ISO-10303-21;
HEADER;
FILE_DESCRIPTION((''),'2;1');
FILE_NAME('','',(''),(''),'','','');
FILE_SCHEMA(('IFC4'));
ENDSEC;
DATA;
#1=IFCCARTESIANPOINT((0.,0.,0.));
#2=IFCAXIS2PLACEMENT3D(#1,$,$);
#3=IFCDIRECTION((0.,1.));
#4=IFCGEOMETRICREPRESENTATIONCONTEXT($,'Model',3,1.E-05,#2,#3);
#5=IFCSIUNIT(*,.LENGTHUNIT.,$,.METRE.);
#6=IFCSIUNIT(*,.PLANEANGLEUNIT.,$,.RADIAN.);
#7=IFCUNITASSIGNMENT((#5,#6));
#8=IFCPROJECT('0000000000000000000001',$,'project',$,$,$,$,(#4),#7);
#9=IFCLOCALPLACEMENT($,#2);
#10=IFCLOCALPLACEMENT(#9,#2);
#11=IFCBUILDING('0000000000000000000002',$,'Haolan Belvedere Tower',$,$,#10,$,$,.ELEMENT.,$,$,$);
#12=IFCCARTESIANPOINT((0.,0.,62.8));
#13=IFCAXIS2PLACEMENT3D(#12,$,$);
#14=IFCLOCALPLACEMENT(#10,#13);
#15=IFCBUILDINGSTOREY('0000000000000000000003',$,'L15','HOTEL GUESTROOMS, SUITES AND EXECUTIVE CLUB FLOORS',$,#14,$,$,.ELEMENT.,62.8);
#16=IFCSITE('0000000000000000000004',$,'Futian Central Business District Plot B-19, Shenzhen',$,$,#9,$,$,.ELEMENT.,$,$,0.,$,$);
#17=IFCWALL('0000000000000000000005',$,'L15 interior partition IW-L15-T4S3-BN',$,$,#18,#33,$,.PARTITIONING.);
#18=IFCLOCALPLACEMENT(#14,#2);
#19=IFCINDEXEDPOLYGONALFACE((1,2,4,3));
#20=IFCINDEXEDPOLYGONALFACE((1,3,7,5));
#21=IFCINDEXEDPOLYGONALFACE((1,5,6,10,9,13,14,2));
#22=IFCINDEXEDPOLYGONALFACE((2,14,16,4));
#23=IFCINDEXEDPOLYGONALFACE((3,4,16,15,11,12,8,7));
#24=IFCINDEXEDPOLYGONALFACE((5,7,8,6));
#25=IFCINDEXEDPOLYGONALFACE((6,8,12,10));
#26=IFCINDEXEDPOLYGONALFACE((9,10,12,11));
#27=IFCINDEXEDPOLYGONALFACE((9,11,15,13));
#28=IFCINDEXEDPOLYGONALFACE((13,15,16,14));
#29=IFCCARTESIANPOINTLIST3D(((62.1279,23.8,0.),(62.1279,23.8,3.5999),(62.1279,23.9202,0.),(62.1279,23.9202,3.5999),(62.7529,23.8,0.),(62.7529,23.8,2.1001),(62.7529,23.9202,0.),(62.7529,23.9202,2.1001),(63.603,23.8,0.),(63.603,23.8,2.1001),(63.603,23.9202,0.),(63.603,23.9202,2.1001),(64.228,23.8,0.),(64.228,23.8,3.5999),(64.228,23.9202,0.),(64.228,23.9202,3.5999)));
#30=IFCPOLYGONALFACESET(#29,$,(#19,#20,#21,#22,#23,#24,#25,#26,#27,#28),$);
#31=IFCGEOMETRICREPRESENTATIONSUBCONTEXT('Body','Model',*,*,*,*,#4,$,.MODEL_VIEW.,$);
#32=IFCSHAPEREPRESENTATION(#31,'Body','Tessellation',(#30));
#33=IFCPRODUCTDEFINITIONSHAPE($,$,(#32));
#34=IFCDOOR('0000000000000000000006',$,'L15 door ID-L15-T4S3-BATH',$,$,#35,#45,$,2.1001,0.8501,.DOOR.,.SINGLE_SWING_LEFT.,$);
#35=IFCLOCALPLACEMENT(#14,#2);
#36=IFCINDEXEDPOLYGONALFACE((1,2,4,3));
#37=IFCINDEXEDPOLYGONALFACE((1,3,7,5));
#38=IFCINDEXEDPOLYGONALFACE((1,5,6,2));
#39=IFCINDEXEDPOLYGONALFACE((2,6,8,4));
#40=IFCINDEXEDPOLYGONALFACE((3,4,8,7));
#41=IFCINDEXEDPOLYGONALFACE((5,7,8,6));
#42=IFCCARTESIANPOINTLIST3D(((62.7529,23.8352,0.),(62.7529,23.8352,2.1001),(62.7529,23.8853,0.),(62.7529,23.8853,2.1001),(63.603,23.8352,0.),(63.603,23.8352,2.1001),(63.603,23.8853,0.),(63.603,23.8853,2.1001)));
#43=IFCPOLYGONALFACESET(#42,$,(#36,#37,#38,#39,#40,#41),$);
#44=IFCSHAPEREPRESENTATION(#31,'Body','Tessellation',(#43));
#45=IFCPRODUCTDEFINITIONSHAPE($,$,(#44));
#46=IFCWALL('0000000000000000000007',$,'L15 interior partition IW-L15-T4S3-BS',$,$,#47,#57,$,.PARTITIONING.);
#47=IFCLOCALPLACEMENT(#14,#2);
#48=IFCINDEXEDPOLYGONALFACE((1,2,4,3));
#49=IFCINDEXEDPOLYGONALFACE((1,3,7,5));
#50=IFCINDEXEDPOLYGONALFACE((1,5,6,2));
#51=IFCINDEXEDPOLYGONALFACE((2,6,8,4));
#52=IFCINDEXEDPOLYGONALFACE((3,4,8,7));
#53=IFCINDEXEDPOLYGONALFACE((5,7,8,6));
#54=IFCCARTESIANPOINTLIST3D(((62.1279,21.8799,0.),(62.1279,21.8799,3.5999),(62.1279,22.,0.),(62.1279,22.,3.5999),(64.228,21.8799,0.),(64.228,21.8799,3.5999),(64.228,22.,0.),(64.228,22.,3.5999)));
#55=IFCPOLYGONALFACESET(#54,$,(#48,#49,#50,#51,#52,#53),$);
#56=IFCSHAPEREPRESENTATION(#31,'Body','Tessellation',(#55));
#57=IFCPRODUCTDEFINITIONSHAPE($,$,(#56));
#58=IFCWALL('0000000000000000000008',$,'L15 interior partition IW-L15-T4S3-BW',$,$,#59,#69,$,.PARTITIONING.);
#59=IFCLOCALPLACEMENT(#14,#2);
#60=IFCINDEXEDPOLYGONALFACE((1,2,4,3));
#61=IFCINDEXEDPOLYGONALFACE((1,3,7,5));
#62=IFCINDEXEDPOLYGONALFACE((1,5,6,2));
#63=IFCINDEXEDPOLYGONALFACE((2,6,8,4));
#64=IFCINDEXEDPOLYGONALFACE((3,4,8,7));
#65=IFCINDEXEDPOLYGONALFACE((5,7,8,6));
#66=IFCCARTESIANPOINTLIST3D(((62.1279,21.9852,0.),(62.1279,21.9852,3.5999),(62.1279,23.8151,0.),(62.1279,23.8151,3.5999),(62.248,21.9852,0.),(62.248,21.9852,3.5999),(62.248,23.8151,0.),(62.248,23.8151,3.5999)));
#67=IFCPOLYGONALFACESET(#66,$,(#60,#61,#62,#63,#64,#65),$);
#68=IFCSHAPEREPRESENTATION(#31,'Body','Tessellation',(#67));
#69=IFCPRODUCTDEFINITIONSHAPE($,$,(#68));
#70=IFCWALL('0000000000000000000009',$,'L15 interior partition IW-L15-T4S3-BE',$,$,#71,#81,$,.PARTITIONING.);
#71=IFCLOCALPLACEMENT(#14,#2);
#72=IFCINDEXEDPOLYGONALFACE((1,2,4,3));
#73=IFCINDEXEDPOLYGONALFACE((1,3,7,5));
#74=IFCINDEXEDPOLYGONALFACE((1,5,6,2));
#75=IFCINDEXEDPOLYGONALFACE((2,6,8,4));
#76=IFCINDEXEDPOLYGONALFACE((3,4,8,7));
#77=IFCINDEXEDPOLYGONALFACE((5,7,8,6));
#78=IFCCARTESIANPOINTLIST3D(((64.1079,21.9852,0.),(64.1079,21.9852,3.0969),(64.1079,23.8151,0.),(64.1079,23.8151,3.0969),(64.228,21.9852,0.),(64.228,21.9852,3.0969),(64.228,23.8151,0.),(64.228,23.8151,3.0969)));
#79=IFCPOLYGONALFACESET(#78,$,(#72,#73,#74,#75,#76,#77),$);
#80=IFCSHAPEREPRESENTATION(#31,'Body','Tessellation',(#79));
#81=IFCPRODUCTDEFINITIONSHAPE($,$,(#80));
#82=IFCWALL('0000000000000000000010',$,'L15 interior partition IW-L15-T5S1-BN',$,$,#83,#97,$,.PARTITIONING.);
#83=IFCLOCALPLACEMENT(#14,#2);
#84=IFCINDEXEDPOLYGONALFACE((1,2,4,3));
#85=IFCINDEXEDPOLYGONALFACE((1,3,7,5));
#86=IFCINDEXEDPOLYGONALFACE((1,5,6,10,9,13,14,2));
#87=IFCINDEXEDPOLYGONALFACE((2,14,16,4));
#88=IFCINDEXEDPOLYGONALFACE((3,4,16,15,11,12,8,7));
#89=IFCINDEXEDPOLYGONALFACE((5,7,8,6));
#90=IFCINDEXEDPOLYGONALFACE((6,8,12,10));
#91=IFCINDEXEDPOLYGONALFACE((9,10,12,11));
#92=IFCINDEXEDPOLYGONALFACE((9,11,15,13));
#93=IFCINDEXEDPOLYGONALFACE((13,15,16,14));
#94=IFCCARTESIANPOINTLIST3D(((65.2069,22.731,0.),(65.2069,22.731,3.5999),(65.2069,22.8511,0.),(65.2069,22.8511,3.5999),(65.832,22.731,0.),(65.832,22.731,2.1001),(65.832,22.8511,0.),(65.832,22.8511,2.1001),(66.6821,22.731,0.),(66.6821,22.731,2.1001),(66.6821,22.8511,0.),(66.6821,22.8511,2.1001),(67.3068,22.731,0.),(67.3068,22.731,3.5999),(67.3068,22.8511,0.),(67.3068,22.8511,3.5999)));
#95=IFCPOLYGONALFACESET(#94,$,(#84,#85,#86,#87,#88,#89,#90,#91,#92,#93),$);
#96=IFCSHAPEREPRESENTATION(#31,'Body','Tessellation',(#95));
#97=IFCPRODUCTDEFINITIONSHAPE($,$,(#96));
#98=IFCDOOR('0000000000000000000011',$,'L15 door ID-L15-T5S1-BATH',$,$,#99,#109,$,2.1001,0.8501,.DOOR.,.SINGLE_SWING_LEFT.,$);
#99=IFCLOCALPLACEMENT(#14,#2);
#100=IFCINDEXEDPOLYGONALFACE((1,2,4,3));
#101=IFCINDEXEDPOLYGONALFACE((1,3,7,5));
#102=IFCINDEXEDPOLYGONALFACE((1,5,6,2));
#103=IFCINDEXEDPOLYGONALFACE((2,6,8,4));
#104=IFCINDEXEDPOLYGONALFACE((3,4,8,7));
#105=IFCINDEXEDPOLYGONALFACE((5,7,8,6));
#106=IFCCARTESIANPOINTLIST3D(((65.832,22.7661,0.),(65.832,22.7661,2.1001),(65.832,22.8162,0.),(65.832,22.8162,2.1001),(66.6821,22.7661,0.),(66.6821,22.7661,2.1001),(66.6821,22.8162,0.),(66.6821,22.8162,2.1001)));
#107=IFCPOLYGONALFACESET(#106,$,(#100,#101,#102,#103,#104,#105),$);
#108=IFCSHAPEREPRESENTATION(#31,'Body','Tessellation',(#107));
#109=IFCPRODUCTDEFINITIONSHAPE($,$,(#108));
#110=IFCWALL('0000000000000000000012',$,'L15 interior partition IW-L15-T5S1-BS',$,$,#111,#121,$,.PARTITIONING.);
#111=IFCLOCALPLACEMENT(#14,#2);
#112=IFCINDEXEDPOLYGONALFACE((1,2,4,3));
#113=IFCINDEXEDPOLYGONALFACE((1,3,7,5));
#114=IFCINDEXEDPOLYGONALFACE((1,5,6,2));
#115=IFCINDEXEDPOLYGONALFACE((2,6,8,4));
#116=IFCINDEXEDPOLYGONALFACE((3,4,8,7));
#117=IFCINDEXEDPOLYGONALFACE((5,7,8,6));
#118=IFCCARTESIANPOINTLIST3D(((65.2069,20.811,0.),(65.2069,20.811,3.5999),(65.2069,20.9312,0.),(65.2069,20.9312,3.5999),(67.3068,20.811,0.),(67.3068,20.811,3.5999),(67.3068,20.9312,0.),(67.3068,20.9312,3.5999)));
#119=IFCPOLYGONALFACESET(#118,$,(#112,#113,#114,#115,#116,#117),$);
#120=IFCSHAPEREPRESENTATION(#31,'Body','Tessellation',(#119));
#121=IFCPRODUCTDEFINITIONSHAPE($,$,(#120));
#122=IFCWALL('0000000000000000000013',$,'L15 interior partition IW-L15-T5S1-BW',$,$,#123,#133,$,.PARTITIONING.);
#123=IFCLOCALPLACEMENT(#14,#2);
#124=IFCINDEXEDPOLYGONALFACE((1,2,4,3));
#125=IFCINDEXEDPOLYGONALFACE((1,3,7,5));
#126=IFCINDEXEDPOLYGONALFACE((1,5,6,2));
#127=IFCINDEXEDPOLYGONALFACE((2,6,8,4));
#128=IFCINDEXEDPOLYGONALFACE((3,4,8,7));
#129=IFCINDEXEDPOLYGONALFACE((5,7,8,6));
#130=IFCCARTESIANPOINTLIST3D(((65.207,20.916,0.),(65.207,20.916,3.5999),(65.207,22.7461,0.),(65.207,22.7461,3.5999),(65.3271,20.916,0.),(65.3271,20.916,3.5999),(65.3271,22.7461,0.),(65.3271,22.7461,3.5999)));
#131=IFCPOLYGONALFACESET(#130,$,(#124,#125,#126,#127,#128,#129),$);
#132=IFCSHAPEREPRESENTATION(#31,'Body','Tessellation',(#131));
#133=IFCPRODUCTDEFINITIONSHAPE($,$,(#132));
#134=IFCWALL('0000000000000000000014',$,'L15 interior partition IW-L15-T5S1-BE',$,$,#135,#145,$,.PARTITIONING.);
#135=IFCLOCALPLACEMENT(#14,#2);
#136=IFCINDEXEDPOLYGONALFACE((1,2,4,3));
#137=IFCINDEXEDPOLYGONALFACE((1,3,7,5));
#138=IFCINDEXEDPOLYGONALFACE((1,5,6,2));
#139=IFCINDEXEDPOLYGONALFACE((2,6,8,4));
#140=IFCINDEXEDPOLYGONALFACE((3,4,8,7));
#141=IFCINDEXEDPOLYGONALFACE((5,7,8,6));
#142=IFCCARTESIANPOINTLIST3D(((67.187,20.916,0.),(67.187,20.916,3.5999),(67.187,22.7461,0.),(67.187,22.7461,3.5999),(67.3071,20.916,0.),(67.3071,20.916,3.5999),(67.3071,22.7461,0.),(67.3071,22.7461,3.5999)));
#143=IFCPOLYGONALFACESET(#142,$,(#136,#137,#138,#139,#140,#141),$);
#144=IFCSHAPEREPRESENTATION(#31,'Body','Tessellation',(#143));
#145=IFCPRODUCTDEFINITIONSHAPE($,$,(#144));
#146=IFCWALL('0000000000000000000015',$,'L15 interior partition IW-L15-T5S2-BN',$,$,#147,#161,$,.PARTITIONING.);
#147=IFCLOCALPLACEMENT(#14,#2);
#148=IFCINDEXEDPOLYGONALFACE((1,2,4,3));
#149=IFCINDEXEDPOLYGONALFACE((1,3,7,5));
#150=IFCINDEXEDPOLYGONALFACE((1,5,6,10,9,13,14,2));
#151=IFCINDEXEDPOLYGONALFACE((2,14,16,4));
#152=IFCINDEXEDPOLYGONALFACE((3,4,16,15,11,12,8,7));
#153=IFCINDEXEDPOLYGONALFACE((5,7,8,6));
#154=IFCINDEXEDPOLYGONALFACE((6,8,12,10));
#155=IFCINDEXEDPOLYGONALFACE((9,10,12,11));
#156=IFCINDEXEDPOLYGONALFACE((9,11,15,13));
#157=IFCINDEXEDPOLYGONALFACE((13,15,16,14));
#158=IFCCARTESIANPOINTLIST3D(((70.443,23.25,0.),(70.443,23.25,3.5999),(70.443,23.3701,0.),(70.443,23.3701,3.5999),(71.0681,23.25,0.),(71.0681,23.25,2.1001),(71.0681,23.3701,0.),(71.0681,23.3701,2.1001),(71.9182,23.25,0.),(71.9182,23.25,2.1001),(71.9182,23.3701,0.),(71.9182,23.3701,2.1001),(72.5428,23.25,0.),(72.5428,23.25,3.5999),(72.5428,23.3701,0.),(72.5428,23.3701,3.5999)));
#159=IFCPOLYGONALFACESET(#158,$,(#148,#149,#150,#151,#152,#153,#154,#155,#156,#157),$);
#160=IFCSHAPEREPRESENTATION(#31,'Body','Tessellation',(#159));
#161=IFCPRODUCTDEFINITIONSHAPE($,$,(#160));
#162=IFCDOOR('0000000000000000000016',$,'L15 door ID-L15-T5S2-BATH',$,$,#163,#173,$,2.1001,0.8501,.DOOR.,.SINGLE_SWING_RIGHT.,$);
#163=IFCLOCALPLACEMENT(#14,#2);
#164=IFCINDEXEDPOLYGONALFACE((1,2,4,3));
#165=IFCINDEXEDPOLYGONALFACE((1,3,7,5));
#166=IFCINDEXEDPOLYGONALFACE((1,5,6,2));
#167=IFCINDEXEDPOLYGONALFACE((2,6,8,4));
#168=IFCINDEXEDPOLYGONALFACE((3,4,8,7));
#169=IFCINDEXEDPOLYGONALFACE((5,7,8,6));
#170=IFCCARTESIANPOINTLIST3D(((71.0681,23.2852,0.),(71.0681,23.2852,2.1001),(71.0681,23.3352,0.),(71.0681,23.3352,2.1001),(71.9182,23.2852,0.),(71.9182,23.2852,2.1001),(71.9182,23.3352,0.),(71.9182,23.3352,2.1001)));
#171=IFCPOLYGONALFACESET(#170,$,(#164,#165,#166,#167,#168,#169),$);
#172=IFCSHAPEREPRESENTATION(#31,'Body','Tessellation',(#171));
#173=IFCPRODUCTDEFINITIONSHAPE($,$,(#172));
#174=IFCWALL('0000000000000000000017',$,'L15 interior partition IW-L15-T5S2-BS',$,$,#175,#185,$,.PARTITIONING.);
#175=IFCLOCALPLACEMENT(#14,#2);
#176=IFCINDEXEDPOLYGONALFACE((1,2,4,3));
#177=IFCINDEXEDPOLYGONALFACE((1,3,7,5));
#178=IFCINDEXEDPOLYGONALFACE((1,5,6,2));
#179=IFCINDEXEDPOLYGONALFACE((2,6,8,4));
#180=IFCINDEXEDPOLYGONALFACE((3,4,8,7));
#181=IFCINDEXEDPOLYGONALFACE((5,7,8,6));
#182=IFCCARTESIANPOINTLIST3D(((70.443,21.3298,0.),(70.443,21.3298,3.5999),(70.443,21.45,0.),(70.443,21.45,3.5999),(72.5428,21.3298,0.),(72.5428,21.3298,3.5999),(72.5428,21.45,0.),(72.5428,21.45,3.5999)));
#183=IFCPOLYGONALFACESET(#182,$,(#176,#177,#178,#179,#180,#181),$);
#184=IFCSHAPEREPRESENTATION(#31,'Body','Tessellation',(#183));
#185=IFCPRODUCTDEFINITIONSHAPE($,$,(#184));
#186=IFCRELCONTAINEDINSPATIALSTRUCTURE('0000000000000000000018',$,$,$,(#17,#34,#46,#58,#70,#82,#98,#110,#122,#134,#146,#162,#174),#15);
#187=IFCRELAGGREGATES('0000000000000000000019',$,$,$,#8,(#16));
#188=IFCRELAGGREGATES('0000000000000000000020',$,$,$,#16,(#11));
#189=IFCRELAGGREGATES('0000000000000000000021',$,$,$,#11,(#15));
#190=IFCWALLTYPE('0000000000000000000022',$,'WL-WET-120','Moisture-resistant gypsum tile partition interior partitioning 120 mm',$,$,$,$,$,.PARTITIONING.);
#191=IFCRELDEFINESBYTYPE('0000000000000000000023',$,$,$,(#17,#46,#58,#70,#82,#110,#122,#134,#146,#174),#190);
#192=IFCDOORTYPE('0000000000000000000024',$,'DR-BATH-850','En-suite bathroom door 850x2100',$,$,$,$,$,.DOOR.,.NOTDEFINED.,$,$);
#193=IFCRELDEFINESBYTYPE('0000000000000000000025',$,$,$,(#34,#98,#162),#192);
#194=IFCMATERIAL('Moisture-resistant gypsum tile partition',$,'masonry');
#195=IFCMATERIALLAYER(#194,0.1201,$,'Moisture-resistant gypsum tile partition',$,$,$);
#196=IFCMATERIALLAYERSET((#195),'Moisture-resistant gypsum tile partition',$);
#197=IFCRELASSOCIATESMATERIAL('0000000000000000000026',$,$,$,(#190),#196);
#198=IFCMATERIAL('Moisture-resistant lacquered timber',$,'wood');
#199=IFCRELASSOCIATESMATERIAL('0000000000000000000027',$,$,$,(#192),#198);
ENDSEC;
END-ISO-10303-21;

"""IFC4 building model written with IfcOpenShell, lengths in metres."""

from ifc_helpers import new_model, si_unit, direction, frame, frame_2d, origin, place, context, subcontext, project, spatial, rectangle, extrude, material, layer, layer_set, type_object, element, fill, save


model = new_model("IFC4")

# Units and contexts
model_context = context("Model", 3, precision=1e-05, world=origin(), true_north=direction((0.0, 1.0)))
body_context = subcontext(model_context, "Body", "Model", "MODEL_VIEW")
ifc_project = project(units=[si_unit("LENGTHUNIT", "METRE"), si_unit("PLANEANGLEUNIT", "RADIAN")], contexts=[model_context])

# Site, building, storey
site_placement = place(None, origin())
site = spatial("IfcSite", under=ifc_project, at=site_placement, Name="Futian Central Business District Plot B-19, Shenzhen", CompositionType="ELEMENT", RefElevation=0.0)
building_placement = place(site_placement, origin())
building = spatial("IfcBuilding", under=site, at=building_placement, Name="Haolan Belvedere Tower", CompositionType="ELEMENT")
storey_placement = place(building_placement, frame((0.0, 0.0, 62.8)))
storey = spatial("IfcBuildingStorey", under=building, at=storey_placement, Name="L15", Description="HOTEL GUESTROOMS, SUITES AND EXECUTIVE CLUB FLOORS", CompositionType="ELEMENT", Elevation=62.8)

# Wall, opening, door
ifc_material_1 = material(Name="Moisture-resistant gypsum tile partition", Category="masonry")
ifc_layer_1 = layer(ifc_material_1, 0.1201, Name="Moisture-resistant gypsum tile partition")
ifc_layer_set_1 = layer_set([ifc_layer_1], Name="Moisture-resistant gypsum tile partition")
wall_type_1 = type_object("IfcWallType", Name="WL-WET-120", Description="Moisture-resistant gypsum tile partition interior partitioning 120 mm", PredefinedType="PARTITIONING", material=ifc_layer_set_1)
wall_1_placement = place(storey_placement, frame((62.1279, 23.8601, 0.0), z_axis=(0.0, 0.0, 1.0), x_axis=(1.0, 0.0, 0.0)))
wall_1 = element("IfcWall", 1, at=wall_1_placement, inside=storey, type_object=wall_type_1, Name="L15 interior partition IW-L15-T4S3-BN", PredefinedType="PARTITIONING", context=body_context, shape_type="SweptSolid", body=[
    extrude(rectangle(XDim=2.1001, YDim=0.1201, at=frame_2d((1.05, 0.0))), origin(), (0.0, 0.0, 1.0), 3.5999),
])
opening_1_placement = place(wall_1_placement, frame((1.4751, 0.0, 0.0), z_axis=(0.0, 0.0, 1.0), x_axis=(-1.0, 0.0, 0.0)))
opening_1 = element("IfcOpeningElement", 2, at=opening_1_placement, cuts=wall_1, PredefinedType="OPENING", context=body_context, shape_type="SweptSolid", body=[
    extrude(rectangle(XDim=0.8501, YDim=2.1001, at=frame_2d((0.425, 1.05))), frame((0.0, 0.0701, 0.0), z_axis=(0.0, -1.0, 0.0), x_axis=(1.0, 0.0, 0.0)), (0.0, 0.0, 1.0), 0.1401),
])
ifc_material_2 = material(Name="Moisture-resistant lacquered timber", Category="wood")
door_type_1 = type_object("IfcDoorType", Name="DR-BATH-850", Description="En-suite bathroom door 850x2100", OperationType="NOTDEFINED", PredefinedType="DOOR", material=ifc_material_2)
door_1_placement = place(opening_1_placement, origin())
door_1 = element("IfcDoor", 3, at=door_1_placement, inside=storey, type_object=door_type_1, Name="L15 door ID-L15-T4S3-BATH", OperationType="SINGLE_SWING_LEFT", OverallHeight=2.1001, OverallWidth=0.8501, PredefinedType="DOOR", context=body_context, shape_type="SweptSolid", body=[
    extrude(rectangle(XDim=0.8501, YDim=2.1001, at=frame_2d((0.425, 1.05))), frame((0.0, 0.0249, 0.0), z_axis=(0.0, -1.0, 0.0), x_axis=(1.0, 0.0, 0.0)), (0.0, 0.0, 1.0), 0.05),
])
fill(opening_1, door_1)

# Walls
wall_2_placement = place(storey_placement, frame((62.1279, 21.9399, 0.0), z_axis=(0.0, 0.0, 1.0), x_axis=(1.0, 0.0, 0.0)))
element("IfcWall", 4, at=wall_2_placement, inside=storey, type_object=wall_type_1, Name="L15 interior partition IW-L15-T4S3-BS", PredefinedType="PARTITIONING", context=body_context, shape_type="SweptSolid", body=[
    extrude(rectangle(XDim=2.1001, YDim=0.1201, at=frame_2d((1.05, 0.0))), origin(), (0.0, 0.0, 1.0), 3.5999),
])
wall_3_placement = place(storey_placement, frame((62.188, 21.9851, 0.0), z_axis=(0.0, 0.0, 1.0), x_axis=(0.0, 1.0, 0.0)))
element("IfcWall", 5, at=wall_3_placement, inside=storey, type_object=wall_type_1, Name="L15 interior partition IW-L15-T4S3-BW", PredefinedType="PARTITIONING", context=body_context, shape_type="SweptSolid", body=[
    extrude(rectangle(XDim=1.8298, YDim=0.1201, at=frame_2d((0.915, 0.0))), origin(), (0.0, 0.0, 1.0), 3.5999),
])
wall_4_placement = place(storey_placement, frame((64.168, 21.9851, 0.0), z_axis=(0.0, 0.0, 1.0), x_axis=(0.0, 1.0, 0.0)))
element("IfcWall", 6, at=wall_4_placement, inside=storey, type_object=wall_type_1, Name="L15 interior partition IW-L15-T4S3-BE", PredefinedType="PARTITIONING", context=body_context, shape_type="SweptSolid", body=[
    extrude(rectangle(XDim=1.8298, YDim=0.1201, at=frame_2d((0.915, 0.0))), origin(), (0.0, 0.0, 1.0), 3.0969),
])

# Wall, opening, door
wall_5_placement = place(storey_placement, frame((65.207, 22.791, 0.0), z_axis=(0.0, 0.0, 1.0), x_axis=(1.0, 0.0, 0.0)))
wall_5 = element("IfcWall", 7, at=wall_5_placement, inside=storey, type_object=wall_type_1, Name="L15 interior partition IW-L15-T5S1-BN", PredefinedType="PARTITIONING", context=body_context, shape_type="SweptSolid", body=[
    extrude(rectangle(XDim=2.0999, YDim=0.1201, at=frame_2d((1.0498, 0.0))), origin(), (0.0, 0.0, 1.0), 3.5999),
])
opening_2_placement = place(wall_5_placement, frame((1.4751, 0.0, 0.0), z_axis=(0.0, 0.0, 1.0), x_axis=(-1.0, 0.0, 0.0)))
opening_2 = element("IfcOpeningElement", 8, at=opening_2_placement, cuts=wall_5, PredefinedType="OPENING", context=body_context, shape_type="SweptSolid", body=[
    extrude(rectangle(XDim=0.8501, YDim=2.1001, at=frame_2d((0.425, 1.05))), frame((0.0, 0.0701, 0.0), z_axis=(0.0, -1.0, 0.0), x_axis=(1.0, 0.0, 0.0)), (0.0, 0.0, 1.0), 0.1401),
])
door_2_placement = place(opening_2_placement, origin())
door_2 = element("IfcDoor", 9, at=door_2_placement, inside=storey, type_object=door_type_1, Name="L15 door ID-L15-T5S1-BATH", OperationType="SINGLE_SWING_LEFT", OverallHeight=2.1001, OverallWidth=0.8501, PredefinedType="DOOR", context=body_context, shape_type="SweptSolid", body=[
    extrude(rectangle(XDim=0.8501, YDim=2.1001, at=frame_2d((0.425, 1.05))), frame((0.0, 0.0249, 0.0), z_axis=(0.0, -1.0, 0.0), x_axis=(1.0, 0.0, 0.0)), (0.0, 0.0, 1.0), 0.05),
])
fill(opening_2, door_2)

# Walls
wall_6_placement = place(storey_placement, frame((65.207, 20.8711, 0.0), z_axis=(0.0, 0.0, 1.0), x_axis=(1.0, 0.0, 0.0)))
element("IfcWall", 10, at=wall_6_placement, inside=storey, type_object=wall_type_1, Name="L15 interior partition IW-L15-T5S1-BS", PredefinedType="PARTITIONING", context=body_context, shape_type="SweptSolid", body=[
    extrude(rectangle(XDim=2.0999, YDim=0.1201, at=frame_2d((1.0498, 0.0))), origin(), (0.0, 0.0, 1.0), 3.5999),
])
for number, where, z_axis, x_axis, name in (
    (11, (65.2671, 20.916, 0.0), (0.0, 0.0, 1.0), (0.0, 1.0, 0.0), "L15 interior partition IW-L15-T5S1-BW"),
    (12, (67.2471, 20.916, 0.0), (0.0, 0.0, 1.0), (0.0, 1.0, 0.0), "L15 interior partition IW-L15-T5S1-BE"),
):
    element("IfcWall", number, at=place(storey_placement, frame(where, z_axis=z_axis, x_axis=x_axis)), inside=storey, type_object=wall_type_1, Name=name, PredefinedType="PARTITIONING", context=body_context, shape_type="SweptSolid", body=[
        extrude(rectangle(XDim=1.8301, YDim=0.1201, at=frame_2d((0.915, 0.0))), origin(), (0.0, 0.0, 1.0), 3.5999),
    ])

# Wall, opening, door
wall_7_placement = place(storey_placement, frame((70.4431, 23.3101, 0.0), z_axis=(0.0, 0.0, 1.0), x_axis=(1.0, 0.0, 0.0)))
wall_7 = element("IfcWall", 13, at=wall_7_placement, inside=storey, type_object=wall_type_1, Name="L15 interior partition IW-L15-T5S2-BN", PredefinedType="PARTITIONING", context=body_context, shape_type="SweptSolid", body=[
    extrude(rectangle(XDim=2.0999, YDim=0.1201, at=frame_2d((1.0498, 0.0))), origin(), (0.0, 0.0, 1.0), 3.5999),
])
opening_3_placement = place(wall_7_placement, frame((1.4751, 0.0, 0.0), z_axis=(0.0, 0.0, 1.0), x_axis=(-1.0, 0.0, 0.0)))
opening_3 = element("IfcOpeningElement", 14, at=opening_3_placement, cuts=wall_7, PredefinedType="OPENING", context=body_context, shape_type="SweptSolid", body=[
    extrude(rectangle(XDim=0.8501, YDim=2.1001, at=frame_2d((0.425, 1.05))), frame((0.0, 0.0701, 0.0), z_axis=(0.0, -1.0, 0.0), x_axis=(1.0, 0.0, 0.0)), (0.0, 0.0, 1.0), 0.1401),
])
door_3_placement = place(opening_3_placement, origin())
door_3 = element("IfcDoor", 15, at=door_3_placement, inside=storey, type_object=door_type_1, Name="L15 door ID-L15-T5S2-BATH", OperationType="SINGLE_SWING_RIGHT", OverallHeight=2.1001, OverallWidth=0.8501, PredefinedType="DOOR", context=body_context, shape_type="SweptSolid", body=[
    extrude(rectangle(XDim=0.8501, YDim=2.1001, at=frame_2d((0.425, 1.05))), frame((0.0, 0.0249, 0.0), z_axis=(0.0, -1.0, 0.0), x_axis=(1.0, 0.0, 0.0)), (0.0, 0.0, 1.0), 0.05),
])
fill(opening_3, door_3)

# Wall
wall_8_placement = place(storey_placement, frame((70.4431, 21.3899, 0.0), z_axis=(0.0, 0.0, 1.0), x_axis=(1.0, 0.0, 0.0)))
element("IfcWall", 16, at=wall_8_placement, inside=storey, type_object=wall_type_1, Name="L15 interior partition IW-L15-T5S2-BS", PredefinedType="PARTITIONING", context=body_context, shape_type="SweptSolid", body=[
    extrude(rectangle(XDim=2.0999, YDim=0.1201, at=frame_2d((1.0498, 0.0))), origin(), (0.0, 0.0, 1.0), 3.5999),
])

save(model, "model.ifc")
